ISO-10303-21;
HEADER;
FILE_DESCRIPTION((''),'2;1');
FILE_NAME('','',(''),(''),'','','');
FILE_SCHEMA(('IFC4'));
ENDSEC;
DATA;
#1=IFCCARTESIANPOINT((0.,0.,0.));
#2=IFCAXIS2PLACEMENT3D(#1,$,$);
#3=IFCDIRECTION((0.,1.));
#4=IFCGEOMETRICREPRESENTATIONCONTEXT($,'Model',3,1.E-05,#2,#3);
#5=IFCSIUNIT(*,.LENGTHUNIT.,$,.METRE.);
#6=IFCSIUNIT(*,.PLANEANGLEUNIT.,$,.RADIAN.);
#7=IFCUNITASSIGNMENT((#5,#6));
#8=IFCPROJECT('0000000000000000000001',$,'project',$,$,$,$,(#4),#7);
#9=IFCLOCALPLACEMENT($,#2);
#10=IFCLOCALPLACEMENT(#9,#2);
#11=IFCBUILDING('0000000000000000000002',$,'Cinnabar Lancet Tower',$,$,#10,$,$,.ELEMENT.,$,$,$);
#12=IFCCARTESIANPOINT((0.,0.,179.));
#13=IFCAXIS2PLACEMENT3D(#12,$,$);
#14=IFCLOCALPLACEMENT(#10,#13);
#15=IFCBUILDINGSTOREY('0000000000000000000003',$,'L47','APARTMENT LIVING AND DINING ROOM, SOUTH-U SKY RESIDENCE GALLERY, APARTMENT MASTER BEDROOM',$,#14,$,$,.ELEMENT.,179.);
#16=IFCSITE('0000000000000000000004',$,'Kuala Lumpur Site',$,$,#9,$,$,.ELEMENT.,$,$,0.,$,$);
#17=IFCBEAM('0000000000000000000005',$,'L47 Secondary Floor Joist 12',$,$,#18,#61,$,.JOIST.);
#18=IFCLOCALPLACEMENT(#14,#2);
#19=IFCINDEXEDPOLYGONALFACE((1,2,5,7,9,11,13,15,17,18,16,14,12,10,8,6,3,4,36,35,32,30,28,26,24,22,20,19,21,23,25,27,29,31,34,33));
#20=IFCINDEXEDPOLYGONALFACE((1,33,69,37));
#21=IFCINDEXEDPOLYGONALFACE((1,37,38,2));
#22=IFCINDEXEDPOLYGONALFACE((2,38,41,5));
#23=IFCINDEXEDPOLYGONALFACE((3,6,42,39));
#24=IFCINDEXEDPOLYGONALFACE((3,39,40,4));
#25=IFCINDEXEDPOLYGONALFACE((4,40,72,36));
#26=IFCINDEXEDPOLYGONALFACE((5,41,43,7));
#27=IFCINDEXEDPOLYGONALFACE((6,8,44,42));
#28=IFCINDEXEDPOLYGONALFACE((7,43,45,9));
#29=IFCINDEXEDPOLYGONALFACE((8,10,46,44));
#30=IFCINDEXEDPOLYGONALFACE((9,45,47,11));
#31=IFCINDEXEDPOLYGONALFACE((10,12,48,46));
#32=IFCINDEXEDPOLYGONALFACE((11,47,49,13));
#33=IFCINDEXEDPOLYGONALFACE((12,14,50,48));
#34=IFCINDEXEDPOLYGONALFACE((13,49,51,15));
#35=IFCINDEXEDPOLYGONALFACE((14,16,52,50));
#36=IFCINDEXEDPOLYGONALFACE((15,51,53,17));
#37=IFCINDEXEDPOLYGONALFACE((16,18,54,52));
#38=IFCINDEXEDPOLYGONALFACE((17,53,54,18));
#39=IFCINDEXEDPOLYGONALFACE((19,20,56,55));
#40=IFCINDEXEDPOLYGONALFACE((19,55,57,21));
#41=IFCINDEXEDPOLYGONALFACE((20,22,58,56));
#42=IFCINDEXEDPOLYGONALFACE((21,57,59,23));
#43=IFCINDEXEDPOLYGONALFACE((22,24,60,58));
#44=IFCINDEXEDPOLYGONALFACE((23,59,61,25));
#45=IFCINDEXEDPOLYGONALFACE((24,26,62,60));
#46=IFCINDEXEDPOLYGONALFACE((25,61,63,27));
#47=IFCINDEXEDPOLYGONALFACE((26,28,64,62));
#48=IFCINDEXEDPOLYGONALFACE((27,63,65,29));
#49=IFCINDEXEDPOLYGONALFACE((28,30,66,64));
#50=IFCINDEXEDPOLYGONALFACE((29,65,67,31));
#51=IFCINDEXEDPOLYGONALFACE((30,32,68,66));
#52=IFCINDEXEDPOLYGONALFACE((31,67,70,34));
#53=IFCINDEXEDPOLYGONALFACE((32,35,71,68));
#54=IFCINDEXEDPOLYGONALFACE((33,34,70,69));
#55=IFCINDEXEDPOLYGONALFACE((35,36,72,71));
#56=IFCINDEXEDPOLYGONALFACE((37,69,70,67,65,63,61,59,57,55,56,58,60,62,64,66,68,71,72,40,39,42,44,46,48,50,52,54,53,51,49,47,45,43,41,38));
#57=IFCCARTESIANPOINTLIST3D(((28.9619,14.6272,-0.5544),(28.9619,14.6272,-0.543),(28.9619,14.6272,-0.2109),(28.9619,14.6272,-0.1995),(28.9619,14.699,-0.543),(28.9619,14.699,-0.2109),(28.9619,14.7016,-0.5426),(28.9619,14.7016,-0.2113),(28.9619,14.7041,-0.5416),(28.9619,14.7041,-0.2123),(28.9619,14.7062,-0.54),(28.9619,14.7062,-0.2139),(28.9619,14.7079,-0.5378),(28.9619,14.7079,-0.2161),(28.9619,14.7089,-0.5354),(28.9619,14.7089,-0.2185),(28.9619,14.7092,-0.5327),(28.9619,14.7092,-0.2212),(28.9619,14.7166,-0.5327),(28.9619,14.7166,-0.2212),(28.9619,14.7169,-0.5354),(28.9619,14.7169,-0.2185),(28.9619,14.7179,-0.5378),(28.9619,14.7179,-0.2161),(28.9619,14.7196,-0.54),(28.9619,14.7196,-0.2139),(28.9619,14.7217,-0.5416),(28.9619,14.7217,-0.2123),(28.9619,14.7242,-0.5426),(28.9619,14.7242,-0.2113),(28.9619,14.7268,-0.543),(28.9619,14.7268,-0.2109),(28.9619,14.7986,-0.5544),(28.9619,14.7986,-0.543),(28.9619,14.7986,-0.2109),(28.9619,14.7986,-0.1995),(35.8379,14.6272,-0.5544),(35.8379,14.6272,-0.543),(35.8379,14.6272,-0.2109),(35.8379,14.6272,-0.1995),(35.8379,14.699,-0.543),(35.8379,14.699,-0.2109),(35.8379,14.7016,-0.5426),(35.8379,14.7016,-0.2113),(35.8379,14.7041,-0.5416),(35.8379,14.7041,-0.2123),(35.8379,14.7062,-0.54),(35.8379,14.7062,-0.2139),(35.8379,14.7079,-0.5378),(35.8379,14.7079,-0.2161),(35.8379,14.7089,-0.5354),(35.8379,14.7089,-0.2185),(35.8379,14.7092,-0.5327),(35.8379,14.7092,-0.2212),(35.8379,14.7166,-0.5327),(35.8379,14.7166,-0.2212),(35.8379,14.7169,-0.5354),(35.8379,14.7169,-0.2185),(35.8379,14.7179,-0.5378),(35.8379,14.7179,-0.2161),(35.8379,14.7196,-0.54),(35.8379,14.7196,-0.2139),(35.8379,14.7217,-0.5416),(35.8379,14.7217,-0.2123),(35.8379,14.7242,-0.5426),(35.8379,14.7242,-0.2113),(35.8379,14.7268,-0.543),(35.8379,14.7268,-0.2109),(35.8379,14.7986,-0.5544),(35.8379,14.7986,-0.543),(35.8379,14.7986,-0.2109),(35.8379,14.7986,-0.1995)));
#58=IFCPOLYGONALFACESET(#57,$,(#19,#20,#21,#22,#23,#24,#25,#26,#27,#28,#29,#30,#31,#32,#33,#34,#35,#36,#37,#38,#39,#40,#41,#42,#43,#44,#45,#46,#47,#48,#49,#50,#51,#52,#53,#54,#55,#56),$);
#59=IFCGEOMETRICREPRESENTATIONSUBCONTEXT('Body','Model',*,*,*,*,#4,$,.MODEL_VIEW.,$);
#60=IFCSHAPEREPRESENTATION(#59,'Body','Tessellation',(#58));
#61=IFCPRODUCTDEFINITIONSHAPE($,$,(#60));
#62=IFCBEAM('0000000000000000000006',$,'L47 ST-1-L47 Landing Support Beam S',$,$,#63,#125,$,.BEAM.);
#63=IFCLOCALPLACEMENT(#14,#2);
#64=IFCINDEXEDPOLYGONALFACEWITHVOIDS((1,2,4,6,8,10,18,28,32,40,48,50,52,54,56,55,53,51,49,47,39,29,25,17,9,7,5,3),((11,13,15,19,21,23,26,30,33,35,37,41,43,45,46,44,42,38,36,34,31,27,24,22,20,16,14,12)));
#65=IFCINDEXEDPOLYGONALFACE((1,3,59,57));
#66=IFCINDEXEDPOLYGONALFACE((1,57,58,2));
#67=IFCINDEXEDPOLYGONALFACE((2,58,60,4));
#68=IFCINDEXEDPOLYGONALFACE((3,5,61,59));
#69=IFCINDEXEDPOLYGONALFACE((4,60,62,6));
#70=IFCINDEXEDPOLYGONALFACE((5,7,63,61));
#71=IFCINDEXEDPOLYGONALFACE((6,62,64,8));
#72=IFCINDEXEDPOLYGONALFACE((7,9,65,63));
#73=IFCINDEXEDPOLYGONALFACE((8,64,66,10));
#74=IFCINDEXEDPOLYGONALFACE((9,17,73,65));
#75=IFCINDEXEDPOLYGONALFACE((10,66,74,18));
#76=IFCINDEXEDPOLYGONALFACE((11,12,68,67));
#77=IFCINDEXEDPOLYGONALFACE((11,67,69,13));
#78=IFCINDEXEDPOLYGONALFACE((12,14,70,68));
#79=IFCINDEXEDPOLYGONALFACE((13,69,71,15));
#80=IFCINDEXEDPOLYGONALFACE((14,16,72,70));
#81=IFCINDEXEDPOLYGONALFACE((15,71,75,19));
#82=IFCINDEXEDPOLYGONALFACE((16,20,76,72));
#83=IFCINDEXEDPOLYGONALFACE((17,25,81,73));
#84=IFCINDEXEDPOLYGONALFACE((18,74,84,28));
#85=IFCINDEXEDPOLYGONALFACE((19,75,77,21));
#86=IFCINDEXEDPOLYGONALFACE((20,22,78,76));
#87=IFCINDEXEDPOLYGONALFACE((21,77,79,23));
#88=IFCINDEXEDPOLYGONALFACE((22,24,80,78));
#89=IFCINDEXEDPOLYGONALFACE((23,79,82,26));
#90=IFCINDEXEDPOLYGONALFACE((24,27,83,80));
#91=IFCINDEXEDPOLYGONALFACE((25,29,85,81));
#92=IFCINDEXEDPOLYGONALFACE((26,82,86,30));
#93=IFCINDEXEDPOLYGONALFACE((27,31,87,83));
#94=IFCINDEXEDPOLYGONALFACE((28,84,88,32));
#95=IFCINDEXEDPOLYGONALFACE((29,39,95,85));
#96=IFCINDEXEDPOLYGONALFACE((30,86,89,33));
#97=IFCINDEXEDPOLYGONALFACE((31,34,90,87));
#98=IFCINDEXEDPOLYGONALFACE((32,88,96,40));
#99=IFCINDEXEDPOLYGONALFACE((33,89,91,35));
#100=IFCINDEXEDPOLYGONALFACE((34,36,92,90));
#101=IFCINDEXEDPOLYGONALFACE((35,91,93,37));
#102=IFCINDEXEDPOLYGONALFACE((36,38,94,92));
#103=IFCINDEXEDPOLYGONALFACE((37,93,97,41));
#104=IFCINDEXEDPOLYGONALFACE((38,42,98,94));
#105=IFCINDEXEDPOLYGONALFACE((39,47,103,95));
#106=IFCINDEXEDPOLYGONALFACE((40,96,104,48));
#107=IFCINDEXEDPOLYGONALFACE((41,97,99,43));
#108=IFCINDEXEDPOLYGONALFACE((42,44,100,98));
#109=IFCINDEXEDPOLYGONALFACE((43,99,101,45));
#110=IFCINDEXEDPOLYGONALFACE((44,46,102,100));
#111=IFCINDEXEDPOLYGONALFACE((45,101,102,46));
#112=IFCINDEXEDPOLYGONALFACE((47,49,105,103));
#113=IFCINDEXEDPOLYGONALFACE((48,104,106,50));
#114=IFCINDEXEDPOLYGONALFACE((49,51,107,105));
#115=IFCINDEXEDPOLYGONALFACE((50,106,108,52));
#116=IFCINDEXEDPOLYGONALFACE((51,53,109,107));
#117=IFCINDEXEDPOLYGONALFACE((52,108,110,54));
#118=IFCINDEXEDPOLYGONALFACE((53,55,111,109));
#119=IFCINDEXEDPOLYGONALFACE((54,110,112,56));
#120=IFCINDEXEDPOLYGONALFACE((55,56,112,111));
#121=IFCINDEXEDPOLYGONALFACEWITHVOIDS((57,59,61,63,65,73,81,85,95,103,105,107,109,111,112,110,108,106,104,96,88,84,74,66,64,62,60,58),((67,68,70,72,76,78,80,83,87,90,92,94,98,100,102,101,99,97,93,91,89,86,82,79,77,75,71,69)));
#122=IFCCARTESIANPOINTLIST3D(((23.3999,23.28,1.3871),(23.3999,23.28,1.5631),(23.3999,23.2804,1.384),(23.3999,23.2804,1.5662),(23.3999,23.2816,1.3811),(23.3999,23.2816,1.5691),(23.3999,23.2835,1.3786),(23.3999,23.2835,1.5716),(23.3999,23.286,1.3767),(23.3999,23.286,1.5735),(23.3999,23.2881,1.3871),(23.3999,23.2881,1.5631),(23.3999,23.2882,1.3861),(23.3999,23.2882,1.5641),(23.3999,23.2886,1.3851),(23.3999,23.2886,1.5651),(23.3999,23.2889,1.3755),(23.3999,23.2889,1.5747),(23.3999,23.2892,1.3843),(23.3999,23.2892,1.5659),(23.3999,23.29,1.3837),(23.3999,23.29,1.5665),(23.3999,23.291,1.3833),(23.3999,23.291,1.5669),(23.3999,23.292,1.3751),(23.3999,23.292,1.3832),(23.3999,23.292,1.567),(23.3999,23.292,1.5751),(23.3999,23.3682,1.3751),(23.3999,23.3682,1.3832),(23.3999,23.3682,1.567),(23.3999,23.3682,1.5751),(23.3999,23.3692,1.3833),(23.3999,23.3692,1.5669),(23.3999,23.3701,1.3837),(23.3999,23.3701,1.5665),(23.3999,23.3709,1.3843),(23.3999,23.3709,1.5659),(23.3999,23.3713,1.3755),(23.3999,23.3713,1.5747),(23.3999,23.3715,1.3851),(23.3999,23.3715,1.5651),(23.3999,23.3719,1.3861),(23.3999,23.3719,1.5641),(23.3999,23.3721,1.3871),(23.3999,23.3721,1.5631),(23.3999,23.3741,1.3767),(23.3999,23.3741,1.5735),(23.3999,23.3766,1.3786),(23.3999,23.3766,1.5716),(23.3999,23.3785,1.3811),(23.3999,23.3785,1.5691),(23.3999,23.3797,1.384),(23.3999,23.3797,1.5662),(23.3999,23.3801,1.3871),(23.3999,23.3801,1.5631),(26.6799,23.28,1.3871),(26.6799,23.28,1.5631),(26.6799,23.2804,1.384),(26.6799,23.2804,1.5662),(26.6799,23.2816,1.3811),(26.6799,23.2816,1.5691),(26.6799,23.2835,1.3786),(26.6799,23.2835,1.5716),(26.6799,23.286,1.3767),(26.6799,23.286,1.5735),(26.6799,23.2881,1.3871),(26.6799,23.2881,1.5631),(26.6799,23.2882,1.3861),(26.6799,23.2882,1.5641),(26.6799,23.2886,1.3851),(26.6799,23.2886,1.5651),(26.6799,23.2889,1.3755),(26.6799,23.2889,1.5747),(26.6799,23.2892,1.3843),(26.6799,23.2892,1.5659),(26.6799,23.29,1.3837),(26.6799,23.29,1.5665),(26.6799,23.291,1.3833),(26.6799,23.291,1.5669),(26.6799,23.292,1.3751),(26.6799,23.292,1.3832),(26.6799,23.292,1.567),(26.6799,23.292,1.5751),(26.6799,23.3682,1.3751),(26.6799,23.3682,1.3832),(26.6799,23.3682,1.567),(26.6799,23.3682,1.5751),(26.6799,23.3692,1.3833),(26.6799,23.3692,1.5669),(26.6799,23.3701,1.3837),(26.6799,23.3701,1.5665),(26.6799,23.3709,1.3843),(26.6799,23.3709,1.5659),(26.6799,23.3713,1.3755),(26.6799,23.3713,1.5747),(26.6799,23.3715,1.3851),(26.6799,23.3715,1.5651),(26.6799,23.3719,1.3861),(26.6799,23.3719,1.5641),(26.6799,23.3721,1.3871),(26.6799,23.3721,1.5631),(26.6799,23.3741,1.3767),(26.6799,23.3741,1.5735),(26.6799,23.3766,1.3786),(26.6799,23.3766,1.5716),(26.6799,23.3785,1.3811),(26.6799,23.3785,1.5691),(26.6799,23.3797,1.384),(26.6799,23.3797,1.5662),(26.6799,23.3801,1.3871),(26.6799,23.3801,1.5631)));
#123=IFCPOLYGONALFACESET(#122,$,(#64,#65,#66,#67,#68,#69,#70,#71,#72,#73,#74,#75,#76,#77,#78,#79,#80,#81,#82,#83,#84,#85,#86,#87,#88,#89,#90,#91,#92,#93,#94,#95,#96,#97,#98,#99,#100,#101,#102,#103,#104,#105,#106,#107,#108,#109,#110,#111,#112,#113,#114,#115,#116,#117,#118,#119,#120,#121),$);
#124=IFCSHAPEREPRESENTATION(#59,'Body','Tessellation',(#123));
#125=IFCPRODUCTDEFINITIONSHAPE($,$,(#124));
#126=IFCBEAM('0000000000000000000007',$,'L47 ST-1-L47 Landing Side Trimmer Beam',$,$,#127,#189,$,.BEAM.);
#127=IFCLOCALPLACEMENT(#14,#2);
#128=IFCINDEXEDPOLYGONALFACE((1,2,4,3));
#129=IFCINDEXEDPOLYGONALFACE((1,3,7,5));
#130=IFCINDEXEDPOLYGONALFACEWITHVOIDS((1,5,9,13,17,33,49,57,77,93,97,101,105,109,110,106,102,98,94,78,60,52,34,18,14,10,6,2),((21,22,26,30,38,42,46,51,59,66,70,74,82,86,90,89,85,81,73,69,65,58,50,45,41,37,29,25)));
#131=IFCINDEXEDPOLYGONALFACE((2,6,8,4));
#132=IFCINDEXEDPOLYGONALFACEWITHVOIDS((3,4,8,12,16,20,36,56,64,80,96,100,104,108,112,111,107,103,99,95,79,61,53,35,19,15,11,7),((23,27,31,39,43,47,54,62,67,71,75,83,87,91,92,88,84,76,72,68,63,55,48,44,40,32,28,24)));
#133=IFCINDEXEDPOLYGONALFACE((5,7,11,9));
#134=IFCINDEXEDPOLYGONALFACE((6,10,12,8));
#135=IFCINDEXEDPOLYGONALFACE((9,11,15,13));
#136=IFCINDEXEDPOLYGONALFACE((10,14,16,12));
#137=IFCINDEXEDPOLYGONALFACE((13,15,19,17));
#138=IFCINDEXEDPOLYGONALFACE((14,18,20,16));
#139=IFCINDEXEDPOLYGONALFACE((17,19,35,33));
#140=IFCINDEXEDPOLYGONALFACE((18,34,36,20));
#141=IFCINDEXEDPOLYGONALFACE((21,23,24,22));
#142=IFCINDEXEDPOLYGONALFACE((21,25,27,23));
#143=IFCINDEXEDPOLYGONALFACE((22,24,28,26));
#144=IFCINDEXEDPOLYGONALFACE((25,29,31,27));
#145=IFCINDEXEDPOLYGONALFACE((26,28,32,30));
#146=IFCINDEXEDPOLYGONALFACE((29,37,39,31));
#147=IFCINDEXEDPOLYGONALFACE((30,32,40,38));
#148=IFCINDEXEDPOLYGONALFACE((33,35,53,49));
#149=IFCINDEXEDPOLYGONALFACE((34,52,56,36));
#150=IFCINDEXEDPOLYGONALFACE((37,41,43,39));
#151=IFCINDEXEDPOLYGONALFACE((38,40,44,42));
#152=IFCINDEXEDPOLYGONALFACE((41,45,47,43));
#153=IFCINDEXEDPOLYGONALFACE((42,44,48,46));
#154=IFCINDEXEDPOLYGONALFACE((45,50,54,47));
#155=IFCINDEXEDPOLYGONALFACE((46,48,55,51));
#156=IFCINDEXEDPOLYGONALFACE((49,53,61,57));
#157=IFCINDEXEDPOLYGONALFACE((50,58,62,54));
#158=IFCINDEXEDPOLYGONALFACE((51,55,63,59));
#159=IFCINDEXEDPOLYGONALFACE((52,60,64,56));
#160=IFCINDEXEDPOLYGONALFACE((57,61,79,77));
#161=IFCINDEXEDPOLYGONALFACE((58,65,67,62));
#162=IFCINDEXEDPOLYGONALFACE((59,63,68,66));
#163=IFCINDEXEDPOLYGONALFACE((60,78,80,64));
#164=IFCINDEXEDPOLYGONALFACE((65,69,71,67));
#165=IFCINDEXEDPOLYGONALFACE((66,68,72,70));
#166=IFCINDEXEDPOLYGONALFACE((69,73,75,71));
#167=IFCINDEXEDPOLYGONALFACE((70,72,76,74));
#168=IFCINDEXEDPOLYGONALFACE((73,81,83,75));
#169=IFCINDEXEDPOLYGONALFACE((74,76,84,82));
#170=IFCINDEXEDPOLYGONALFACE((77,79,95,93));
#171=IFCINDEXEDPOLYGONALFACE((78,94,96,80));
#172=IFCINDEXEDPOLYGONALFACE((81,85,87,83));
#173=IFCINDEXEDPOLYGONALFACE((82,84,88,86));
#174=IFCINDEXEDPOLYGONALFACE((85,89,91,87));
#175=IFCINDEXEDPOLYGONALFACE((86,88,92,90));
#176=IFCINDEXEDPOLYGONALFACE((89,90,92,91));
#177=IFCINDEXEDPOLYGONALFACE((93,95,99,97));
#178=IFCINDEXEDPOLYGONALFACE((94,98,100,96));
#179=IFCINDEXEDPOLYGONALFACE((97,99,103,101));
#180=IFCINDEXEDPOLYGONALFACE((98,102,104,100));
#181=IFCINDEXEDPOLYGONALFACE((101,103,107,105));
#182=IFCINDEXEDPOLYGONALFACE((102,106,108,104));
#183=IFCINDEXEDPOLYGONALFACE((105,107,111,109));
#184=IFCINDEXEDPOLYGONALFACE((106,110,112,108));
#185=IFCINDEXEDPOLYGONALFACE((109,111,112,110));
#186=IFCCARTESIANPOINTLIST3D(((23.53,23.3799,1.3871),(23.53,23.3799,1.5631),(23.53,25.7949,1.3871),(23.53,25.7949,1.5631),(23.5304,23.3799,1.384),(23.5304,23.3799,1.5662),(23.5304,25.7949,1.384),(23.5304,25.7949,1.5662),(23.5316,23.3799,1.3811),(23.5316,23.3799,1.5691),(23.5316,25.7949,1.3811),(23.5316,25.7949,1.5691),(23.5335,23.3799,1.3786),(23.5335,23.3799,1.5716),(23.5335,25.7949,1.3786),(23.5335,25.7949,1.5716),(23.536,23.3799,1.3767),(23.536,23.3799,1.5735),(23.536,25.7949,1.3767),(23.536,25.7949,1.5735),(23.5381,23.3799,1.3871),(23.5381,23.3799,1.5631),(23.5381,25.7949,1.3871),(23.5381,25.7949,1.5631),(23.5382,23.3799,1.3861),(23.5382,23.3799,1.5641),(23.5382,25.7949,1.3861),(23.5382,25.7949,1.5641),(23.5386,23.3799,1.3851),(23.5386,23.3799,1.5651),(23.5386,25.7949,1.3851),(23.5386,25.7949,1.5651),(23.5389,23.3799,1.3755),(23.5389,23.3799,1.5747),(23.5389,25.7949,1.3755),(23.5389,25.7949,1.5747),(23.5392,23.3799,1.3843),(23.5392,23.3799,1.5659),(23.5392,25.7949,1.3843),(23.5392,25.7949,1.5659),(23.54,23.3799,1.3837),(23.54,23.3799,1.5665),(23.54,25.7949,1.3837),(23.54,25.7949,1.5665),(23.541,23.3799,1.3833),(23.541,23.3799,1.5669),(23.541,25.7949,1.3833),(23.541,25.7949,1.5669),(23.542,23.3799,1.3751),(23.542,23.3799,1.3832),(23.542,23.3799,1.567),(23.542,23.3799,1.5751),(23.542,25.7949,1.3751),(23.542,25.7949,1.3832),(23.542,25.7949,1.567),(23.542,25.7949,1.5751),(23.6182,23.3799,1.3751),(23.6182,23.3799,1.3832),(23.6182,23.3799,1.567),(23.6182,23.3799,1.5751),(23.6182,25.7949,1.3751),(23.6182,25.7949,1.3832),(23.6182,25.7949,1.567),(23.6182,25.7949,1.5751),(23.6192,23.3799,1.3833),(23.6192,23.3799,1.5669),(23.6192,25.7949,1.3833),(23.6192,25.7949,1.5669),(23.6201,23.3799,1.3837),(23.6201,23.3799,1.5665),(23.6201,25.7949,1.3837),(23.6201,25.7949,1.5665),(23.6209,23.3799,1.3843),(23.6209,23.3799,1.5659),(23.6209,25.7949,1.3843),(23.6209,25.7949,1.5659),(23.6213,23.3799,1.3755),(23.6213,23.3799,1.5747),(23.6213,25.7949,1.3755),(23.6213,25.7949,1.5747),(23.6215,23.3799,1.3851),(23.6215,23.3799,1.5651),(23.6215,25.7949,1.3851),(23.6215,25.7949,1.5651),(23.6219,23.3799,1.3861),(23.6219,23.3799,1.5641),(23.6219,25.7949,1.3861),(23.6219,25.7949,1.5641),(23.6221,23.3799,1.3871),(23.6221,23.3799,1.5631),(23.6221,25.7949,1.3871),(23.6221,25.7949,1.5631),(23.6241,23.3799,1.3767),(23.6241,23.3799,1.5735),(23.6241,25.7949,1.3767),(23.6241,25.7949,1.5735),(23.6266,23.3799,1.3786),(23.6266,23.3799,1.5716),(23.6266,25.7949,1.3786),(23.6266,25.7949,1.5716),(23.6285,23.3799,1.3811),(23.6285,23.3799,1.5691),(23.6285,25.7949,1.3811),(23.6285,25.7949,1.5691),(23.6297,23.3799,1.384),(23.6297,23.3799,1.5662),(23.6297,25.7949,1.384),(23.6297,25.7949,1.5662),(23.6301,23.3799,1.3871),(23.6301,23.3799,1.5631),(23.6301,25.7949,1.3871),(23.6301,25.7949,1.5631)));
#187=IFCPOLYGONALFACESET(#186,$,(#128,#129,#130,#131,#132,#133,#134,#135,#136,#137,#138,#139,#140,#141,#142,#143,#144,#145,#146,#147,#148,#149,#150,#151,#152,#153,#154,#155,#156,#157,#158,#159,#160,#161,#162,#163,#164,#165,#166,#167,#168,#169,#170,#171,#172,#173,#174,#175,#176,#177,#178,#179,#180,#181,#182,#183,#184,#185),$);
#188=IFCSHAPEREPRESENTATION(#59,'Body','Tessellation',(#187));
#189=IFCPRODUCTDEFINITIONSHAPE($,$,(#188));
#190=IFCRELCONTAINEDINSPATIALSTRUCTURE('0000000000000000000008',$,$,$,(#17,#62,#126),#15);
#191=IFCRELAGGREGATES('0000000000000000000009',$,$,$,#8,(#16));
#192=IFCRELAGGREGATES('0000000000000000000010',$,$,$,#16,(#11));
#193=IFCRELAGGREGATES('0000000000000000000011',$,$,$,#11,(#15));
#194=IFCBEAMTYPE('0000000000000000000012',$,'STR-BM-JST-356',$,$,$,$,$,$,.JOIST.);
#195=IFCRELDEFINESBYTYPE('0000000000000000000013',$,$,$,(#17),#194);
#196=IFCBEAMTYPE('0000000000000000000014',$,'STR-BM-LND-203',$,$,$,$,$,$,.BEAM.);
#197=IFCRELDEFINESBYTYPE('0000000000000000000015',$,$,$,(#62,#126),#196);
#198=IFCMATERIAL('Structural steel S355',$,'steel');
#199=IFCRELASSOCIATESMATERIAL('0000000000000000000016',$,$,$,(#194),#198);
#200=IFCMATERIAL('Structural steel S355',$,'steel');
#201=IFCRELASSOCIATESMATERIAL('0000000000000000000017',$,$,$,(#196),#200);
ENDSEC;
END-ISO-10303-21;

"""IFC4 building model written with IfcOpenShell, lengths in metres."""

from ifc_helpers import new_model, si_unit, direction, frame, origin, origin_2d, place, context, subcontext, project, spatial, hollow_rectangle, i_section, extrude, material, material_profile, profile_set, type_object, element, save


model = new_model("IFC4")

# Units and contexts
model_context = context("Model", 3, precision=1e-05, world=origin(), true_north=direction((0.0, 1.0)))
body_context = subcontext(model_context, "Body", "Model", "MODEL_VIEW")
ifc_project = project(units=[si_unit("LENGTHUNIT", "METRE"), si_unit("PLANEANGLEUNIT", "RADIAN")], contexts=[model_context])

# Site, building, storey
site_placement = place(None, origin())
site = spatial("IfcSite", under=ifc_project, at=site_placement, Name="Kuala Lumpur Site", CompositionType="ELEMENT", RefElevation=0.0)
building_placement = place(site_placement, origin())
building = spatial("IfcBuilding", under=site, at=building_placement, Name="Cinnabar Lancet Tower", CompositionType="ELEMENT")
storey_placement = place(building_placement, frame((0.0, 0.0, 179.0)))
storey = spatial("IfcBuildingStorey", under=building, at=storey_placement, Name="L47", Description="APARTMENT LIVING AND DINING ROOM, SOUTH-U SKY RESIDENCE GALLERY, APARTMENT MASTER BEDROOM", CompositionType="ELEMENT", Elevation=179.0)

# Beams
ifc_material_1 = material(Name="Structural steel S355", Category="steel")
ifc_material_profile_1 = material_profile(ifc_material_1, i_section(OverallWidth=0.1714, OverallDepth=0.355, WebThickness=0.0073, FlangeThickness=0.0115, FilletRadius=0.0103, at=origin_2d()), Name="UKB 356x171x51")
ifc_profile_set_1 = profile_set([ifc_material_profile_1], Name="Structural steel S355")
beam_type_1 = type_object("IfcBeamType", Name="STR-BM-JST-356", PredefinedType="JOIST", material=ifc_profile_set_1)
beam_1_placement = place(storey_placement, frame((28.9619, 14.7129, -0.377), z_axis=(1.0, 0.0, 0.0), x_axis=(0.0, 1.0, 0.0)))
element("IfcBeam", 1, at=beam_1_placement, inside=storey, type_object=beam_type_1, Name="L47 Secondary Floor Joist 12", PredefinedType="JOIST", context=body_context, shape_type="SweptSolid", body=[
    extrude(i_section(OverallWidth=0.1714, OverallDepth=0.355, WebThickness=0.0073, FlangeThickness=0.0115, FilletRadius=0.0103, at=origin_2d()), origin(), (0.0, 0.0, 1.0), 6.876),
])
ifc_material_2 = material(Name="Structural steel S355", Category="steel")
ifc_material_profile_2 = material_profile(ifc_material_2, hollow_rectangle(XDim=0.1001, YDim=0.2, WallThickness=0.0081, InnerFilletRadius=0.0039, OuterFilletRadius=0.012, at=origin_2d()), Name="RHS 200x100x8")
ifc_profile_set_2 = profile_set([ifc_material_profile_2], Name="Structural steel S355")
beam_type_2 = type_object("IfcBeamType", Name="STR-BM-LND-203", PredefinedType="BEAM", material=ifc_profile_set_2)
beam_2_placement = place(storey_placement, frame((23.3999, 23.3301, 1.4751), z_axis=(1.0, 0.0, 0.0), x_axis=(0.0, 1.0, 0.0)))
element("IfcBeam", 2, at=beam_2_placement, inside=storey, type_object=beam_type_2, Name="L47 ST-1-L47 Landing Support Beam S", PredefinedType="BEAM", context=body_context, shape_type="SweptSolid", body=[
    extrude(hollow_rectangle(XDim=0.1001, YDim=0.2, WallThickness=0.0081, InnerFilletRadius=0.0039, OuterFilletRadius=0.012, at=origin_2d()), origin(), (0.0, 0.0, 1.0), 3.28),
])
beam_3_placement = place(storey_placement, frame((23.5801, 23.3799, 1.4751), z_axis=(0.0, 1.0, 0.0), x_axis=(-1.0, 0.0, 0.0)))
element("IfcBeam", 3, at=beam_3_placement, inside=storey, type_object=beam_type_2, Name="L47 ST-1-L47 Landing Side Trimmer Beam", PredefinedType="BEAM", context=body_context, shape_type="SweptSolid", body=[
    extrude(hollow_rectangle(XDim=0.1001, YDim=0.2, WallThickness=0.0081, InnerFilletRadius=0.0039, OuterFilletRadius=0.012, at=origin_2d()), origin(), (0.0, 0.0, 1.0), 2.415),
])

save(model, "model.ifc")
